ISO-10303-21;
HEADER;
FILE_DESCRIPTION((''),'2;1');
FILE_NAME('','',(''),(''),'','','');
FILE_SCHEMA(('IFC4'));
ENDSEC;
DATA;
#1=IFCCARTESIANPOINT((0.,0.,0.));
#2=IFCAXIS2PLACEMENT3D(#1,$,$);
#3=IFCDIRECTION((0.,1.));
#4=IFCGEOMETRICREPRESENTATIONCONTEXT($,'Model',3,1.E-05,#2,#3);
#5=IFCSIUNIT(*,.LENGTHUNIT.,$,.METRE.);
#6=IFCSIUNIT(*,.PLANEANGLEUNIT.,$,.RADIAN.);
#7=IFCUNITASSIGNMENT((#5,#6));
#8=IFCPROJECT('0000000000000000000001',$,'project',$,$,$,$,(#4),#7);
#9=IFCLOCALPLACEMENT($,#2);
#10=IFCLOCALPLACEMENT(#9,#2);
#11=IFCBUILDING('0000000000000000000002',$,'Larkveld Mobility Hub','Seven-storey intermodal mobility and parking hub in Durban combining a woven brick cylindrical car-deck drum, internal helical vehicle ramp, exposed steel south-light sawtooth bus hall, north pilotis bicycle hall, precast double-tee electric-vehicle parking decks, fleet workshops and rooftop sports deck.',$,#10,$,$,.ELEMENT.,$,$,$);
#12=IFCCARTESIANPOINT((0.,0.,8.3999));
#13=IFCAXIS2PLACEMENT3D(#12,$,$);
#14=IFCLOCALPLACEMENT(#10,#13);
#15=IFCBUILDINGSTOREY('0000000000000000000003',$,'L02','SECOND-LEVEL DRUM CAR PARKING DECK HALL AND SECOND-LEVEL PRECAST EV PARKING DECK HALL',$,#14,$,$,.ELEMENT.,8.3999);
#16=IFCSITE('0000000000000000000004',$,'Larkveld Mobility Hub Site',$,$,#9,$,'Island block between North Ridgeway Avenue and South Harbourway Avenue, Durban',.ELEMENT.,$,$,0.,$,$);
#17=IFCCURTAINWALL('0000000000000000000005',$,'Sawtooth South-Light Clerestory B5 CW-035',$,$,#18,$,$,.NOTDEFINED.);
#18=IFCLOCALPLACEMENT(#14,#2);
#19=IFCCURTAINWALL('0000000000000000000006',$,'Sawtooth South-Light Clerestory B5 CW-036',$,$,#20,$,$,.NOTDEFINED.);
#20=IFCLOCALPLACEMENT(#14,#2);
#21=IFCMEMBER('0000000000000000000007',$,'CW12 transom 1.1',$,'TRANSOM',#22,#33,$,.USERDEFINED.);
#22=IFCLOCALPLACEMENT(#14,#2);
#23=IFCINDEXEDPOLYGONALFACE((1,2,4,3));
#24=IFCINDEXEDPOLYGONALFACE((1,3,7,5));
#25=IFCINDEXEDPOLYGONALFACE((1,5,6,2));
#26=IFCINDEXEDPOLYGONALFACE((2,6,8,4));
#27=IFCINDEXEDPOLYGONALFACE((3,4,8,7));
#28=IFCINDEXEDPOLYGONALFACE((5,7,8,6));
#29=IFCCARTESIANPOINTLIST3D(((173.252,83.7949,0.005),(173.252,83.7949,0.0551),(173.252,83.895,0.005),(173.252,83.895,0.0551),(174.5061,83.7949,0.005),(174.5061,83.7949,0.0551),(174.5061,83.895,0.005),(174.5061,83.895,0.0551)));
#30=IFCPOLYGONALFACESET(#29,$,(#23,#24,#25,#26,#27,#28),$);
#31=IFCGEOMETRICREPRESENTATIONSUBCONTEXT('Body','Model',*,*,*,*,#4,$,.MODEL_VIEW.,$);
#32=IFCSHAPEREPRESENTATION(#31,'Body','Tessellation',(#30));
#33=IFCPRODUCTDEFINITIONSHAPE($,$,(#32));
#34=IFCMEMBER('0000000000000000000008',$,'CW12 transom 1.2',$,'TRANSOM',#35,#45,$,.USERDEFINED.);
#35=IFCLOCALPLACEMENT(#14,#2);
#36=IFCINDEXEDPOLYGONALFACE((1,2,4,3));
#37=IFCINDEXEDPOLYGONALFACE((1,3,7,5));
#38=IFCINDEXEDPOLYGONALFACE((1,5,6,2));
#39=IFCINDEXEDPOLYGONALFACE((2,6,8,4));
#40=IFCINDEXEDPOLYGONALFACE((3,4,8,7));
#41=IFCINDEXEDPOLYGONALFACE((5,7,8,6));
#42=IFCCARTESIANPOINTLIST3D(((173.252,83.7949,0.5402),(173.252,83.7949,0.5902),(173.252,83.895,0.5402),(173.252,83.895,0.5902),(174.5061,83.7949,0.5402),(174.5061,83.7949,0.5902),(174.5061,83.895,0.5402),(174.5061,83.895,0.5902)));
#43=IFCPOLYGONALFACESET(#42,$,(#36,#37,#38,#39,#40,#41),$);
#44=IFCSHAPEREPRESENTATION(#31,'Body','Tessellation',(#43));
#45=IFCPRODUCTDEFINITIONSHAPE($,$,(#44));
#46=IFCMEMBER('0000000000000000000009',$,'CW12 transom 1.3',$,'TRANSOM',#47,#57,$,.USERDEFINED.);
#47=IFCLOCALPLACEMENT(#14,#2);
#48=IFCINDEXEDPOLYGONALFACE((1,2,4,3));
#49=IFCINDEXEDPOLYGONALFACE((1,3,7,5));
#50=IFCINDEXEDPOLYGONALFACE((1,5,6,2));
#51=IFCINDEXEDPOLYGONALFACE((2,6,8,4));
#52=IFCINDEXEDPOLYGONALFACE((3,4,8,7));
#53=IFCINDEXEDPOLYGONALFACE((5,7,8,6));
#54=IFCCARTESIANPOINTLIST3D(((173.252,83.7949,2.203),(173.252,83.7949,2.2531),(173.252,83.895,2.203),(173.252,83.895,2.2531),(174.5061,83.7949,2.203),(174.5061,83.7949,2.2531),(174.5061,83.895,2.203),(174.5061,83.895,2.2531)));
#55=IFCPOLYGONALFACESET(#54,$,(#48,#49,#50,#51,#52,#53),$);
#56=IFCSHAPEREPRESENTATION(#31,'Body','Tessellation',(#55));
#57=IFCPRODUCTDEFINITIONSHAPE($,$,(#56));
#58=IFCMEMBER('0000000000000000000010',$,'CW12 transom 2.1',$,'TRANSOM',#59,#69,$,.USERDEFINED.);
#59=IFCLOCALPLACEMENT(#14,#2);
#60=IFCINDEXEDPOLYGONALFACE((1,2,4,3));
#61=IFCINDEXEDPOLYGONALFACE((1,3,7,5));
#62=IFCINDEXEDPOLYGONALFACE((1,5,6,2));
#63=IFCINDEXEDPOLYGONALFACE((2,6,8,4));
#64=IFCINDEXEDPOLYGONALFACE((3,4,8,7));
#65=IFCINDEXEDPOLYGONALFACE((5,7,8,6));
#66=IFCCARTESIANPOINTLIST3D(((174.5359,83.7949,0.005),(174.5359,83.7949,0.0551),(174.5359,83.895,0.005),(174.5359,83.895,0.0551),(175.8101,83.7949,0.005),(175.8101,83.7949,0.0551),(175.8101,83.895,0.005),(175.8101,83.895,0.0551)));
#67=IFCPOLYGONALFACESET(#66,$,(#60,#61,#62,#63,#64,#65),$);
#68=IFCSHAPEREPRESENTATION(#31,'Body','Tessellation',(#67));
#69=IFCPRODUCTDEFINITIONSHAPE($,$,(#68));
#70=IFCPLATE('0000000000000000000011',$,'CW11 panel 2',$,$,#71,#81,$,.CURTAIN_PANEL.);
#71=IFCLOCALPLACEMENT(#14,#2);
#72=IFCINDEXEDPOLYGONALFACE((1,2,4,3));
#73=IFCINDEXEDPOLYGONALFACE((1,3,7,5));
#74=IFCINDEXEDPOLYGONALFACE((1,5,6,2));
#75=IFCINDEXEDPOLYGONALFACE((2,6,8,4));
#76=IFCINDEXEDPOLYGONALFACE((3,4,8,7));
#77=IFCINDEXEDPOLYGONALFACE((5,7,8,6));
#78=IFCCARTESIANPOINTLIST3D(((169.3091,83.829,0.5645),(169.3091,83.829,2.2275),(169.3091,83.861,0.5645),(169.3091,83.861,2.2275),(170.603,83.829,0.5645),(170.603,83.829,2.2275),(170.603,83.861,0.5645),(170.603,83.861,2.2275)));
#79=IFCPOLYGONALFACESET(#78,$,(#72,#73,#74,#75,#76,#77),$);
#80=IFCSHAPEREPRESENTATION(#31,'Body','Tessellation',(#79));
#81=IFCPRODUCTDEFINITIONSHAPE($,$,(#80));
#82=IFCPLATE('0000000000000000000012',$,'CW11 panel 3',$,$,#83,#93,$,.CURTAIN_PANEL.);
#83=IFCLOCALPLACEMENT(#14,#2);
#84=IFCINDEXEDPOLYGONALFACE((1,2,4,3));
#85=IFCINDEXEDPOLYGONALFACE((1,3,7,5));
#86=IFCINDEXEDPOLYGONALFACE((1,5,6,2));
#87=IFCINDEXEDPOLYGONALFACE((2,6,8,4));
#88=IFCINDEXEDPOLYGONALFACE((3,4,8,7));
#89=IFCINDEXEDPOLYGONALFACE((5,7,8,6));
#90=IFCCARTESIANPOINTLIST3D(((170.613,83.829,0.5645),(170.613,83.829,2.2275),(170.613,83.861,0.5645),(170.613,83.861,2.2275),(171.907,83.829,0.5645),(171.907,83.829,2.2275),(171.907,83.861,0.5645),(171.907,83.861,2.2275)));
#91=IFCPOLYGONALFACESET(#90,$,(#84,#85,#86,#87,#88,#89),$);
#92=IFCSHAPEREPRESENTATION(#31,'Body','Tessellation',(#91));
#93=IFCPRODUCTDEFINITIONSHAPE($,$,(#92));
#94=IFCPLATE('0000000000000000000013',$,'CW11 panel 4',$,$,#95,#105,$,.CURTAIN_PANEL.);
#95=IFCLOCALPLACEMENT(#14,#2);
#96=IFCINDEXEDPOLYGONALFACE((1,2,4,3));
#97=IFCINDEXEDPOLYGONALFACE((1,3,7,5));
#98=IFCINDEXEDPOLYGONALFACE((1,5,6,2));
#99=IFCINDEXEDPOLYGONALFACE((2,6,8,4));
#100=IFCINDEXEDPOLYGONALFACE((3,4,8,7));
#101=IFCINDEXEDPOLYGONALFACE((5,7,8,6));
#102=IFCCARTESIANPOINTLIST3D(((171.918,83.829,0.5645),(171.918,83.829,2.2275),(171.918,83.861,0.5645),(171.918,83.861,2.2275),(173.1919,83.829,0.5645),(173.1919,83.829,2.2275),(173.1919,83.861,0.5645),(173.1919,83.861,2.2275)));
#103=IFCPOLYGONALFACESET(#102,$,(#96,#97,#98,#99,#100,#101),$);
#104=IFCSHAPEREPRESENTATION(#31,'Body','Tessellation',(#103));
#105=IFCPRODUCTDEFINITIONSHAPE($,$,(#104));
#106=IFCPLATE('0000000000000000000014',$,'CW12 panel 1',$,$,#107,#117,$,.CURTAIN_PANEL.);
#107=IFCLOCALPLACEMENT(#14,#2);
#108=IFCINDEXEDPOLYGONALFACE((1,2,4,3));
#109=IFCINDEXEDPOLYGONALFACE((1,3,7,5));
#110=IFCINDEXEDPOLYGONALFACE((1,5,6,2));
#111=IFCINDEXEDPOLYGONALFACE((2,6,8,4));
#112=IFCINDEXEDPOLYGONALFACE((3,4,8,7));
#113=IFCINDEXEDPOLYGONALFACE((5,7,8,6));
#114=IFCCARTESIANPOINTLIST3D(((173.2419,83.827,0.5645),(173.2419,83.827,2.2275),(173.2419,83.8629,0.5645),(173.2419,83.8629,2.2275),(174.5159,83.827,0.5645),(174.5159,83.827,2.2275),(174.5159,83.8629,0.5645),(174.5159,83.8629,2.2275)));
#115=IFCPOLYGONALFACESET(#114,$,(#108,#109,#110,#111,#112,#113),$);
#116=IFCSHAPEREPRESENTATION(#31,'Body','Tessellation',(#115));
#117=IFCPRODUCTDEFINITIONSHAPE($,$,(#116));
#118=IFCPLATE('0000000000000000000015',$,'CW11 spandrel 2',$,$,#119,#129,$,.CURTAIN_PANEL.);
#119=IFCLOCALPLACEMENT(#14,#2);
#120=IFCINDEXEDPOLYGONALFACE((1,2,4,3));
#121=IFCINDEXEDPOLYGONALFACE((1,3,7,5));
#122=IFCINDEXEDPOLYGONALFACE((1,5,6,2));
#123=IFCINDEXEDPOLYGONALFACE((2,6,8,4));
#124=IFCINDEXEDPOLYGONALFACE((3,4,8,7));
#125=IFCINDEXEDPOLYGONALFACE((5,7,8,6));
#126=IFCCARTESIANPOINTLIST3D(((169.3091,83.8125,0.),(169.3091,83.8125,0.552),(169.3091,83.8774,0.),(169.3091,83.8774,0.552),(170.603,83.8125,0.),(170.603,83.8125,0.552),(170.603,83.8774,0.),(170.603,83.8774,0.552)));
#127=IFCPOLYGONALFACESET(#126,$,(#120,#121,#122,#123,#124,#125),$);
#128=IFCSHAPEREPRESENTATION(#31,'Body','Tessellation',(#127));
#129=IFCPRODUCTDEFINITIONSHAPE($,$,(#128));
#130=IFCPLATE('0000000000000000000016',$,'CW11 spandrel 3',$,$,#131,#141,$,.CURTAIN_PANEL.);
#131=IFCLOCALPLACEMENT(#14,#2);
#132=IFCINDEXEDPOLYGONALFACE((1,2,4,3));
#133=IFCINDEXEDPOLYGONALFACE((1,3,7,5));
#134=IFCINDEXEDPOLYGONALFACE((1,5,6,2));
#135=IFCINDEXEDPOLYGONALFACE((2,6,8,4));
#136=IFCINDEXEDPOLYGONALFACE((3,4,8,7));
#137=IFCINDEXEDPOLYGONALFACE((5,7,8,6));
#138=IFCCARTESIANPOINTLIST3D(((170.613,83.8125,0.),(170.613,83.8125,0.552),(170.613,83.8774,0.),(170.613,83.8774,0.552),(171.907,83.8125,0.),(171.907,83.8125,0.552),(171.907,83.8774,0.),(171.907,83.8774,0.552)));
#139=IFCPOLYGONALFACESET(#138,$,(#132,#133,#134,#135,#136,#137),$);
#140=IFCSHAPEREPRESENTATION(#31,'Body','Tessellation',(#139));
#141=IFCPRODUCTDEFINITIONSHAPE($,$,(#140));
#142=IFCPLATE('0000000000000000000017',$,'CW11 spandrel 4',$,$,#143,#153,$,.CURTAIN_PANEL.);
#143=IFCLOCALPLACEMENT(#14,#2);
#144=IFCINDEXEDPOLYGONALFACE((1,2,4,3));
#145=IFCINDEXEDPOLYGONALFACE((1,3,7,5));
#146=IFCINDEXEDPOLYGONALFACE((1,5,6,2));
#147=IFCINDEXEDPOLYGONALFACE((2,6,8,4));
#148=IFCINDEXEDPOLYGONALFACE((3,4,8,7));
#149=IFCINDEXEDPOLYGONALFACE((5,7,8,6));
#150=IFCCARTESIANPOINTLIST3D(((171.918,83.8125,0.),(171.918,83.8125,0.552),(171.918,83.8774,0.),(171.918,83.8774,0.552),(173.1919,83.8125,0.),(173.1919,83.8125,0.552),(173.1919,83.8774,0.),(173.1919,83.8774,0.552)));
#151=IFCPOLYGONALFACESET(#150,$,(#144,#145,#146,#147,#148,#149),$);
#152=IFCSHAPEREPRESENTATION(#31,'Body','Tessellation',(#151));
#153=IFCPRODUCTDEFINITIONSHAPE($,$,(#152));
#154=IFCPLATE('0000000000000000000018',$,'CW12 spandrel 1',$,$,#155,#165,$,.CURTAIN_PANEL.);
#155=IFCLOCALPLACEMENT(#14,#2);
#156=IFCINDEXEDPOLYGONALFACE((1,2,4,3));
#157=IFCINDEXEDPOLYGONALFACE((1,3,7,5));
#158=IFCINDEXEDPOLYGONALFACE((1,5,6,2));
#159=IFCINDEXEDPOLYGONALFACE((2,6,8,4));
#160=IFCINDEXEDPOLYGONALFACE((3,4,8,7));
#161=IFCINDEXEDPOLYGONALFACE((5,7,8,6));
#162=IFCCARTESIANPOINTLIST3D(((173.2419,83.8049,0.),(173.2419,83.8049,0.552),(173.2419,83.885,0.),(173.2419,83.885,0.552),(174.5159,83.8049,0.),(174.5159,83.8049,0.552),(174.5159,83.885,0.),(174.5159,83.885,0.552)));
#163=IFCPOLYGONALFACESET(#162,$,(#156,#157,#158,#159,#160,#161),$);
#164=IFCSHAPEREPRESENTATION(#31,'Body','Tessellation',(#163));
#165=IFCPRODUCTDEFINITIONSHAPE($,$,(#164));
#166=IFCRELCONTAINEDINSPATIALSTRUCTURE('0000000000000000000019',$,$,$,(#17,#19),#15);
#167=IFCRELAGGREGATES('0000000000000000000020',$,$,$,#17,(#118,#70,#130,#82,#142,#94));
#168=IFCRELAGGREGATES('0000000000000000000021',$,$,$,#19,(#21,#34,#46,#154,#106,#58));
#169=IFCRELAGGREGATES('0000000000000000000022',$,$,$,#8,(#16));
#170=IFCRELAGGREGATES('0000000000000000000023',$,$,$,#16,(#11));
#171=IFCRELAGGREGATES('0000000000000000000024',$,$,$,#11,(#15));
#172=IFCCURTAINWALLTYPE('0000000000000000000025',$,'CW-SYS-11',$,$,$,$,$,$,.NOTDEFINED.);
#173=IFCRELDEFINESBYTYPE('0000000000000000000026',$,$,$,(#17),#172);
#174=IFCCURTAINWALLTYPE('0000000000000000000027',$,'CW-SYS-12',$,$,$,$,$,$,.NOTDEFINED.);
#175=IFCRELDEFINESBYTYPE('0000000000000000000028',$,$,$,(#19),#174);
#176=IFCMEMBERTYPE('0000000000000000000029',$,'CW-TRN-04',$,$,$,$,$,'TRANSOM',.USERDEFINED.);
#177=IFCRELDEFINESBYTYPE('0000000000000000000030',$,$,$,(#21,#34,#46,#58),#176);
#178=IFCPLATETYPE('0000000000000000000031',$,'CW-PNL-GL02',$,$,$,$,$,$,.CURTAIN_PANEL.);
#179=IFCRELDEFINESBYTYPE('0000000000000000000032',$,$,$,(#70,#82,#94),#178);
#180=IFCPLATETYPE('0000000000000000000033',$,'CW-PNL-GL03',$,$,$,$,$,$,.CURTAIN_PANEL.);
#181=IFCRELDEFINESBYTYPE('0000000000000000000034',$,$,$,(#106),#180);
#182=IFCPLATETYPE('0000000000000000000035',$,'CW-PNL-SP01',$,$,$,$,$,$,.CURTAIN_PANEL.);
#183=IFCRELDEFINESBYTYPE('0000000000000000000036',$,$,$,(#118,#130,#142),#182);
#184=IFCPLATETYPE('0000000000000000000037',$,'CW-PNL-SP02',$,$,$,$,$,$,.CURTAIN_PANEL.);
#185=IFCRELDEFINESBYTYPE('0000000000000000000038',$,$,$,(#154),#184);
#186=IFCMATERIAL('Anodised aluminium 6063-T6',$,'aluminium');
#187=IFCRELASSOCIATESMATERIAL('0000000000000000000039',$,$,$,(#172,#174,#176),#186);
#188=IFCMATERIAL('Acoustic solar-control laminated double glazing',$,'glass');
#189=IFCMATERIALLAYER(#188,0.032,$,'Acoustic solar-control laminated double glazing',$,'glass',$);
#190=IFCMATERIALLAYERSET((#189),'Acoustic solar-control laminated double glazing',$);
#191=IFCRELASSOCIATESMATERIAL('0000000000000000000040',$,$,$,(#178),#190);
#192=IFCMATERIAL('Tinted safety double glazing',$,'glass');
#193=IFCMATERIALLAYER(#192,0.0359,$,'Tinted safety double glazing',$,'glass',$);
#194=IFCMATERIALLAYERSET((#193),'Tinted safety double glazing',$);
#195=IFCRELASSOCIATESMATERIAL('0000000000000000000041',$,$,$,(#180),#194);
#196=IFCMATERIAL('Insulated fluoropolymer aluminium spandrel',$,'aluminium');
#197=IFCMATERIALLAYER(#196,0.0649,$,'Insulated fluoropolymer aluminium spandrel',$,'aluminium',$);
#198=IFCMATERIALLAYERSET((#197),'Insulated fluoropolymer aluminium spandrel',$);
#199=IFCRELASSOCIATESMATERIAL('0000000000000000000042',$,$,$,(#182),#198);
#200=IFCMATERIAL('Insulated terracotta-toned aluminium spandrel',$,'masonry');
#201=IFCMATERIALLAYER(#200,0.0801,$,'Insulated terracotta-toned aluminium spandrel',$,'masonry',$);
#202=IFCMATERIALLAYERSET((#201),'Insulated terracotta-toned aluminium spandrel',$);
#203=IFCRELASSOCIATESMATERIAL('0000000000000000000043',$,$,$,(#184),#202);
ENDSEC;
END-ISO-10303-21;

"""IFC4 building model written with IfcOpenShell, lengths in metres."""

from ifc_helpers import new_model, si_unit, direction, frame, origin, origin_2d, place, context, subcontext, project, spatial, rectangle, extrude, material, layer, layer_set, material_profile, profile_set, type_object, element, aggregate, save


model = new_model("IFC4")

# Units and contexts
model_context = context("Model", 3, precision=1e-05, world=origin(), true_north=direction((0.0, 1.0)))
body_context = subcontext(model_context, "Body", "Model", "MODEL_VIEW")
ifc_project = project(units=[si_unit("LENGTHUNIT", "METRE"), si_unit("PLANEANGLEUNIT", "RADIAN")], contexts=[model_context])

# Site, building, storey
site_placement = place(None, origin())
site = spatial("IfcSite", under=ifc_project, at=site_placement, Name="Larkveld Mobility Hub Site", LongName="Island block between North Ridgeway Avenue and South Harbourway Avenue, Durban", CompositionType="ELEMENT", RefElevation=0.0)
building_placement = place(site_placement, origin())
building = spatial("IfcBuilding", under=site, at=building_placement, Name="Larkveld Mobility Hub", Description="Seven-storey intermodal mobility and parking hub in Durban combining a woven brick cylindrical car-deck drum, internal helical vehicle ramp, exposed steel south-light sawtooth bus hall, north pilotis bicycle hall, precast double-tee electric-vehicle parking decks, fleet workshops and rooftop sports deck.", CompositionType="ELEMENT")
storey_placement = place(building_placement, frame((0.0, 0.0, 8.3999)))
storey = spatial("IfcBuildingStorey", under=building, at=storey_placement, Name="L02", Description="SECOND-LEVEL DRUM CAR PARKING DECK HALL AND SECOND-LEVEL PRECAST EV PARKING DECK HALL", CompositionType="ELEMENT", Elevation=8.3999)

# Curtain walls
ifc_material_1 = material(Name="Anodised aluminium 6063-T6", Category="aluminium")
curtain_wall_type_1 = type_object("IfcCurtainWallType", Name="CW-SYS-11", PredefinedType="NOTDEFINED", material=ifc_material_1)
curtain_wall_1_placement = place(storey_placement, origin())
curtain_wall_1 = element("IfcCurtainWall", 1, at=curtain_wall_1_placement, inside=storey, type_object=curtain_wall_type_1, Name="Sawtooth South-Light Clerestory B5 CW-035", PredefinedType="NOTDEFINED")
curtain_wall_type_2 = type_object("IfcCurtainWallType", Name="CW-SYS-12", PredefinedType="NOTDEFINED", material=ifc_material_1)
curtain_wall_2_placement = place(storey_placement, origin())
curtain_wall_2 = element("IfcCurtainWall", 2, at=curtain_wall_2_placement, inside=storey, type_object=curtain_wall_type_2, Name="Sawtooth South-Light Clerestory B5 CW-036", PredefinedType="NOTDEFINED")

# Members
ifc_material_profile_1 = material_profile(ifc_material_1, rectangle(XDim=0.1001, YDim=0.05, at=origin_2d()), Name="ALU TRAN 50x100")
ifc_profile_set_1 = profile_set([ifc_material_profile_1], Name="Anodised aluminium 6063-T6")
member_type_1 = type_object("IfcMemberType", Name="CW-TRN-04", ElementType="TRANSOM", PredefinedType="USERDEFINED", material=ifc_profile_set_1)
member_1_placement = place(storey_placement, frame((173.252, 83.845, 0.03), z_axis=(1.0, 0.0, 0.0), x_axis=(0.0, 1.0, 0.0)))
member_1 = element("IfcMember", 3, at=member_1_placement, type_object=member_type_1, Name="CW12 transom 1.1", ObjectType="TRANSOM", PredefinedType="USERDEFINED", context=body_context, shape_type="SweptSolid", body=[
    extrude(rectangle(XDim=0.1001, YDim=0.05, at=origin_2d()), origin(), (0.0, 0.0, 1.0), 1.2542),
])
member_2_placement = place(storey_placement, frame((173.252, 83.845, 0.5652), z_axis=(1.0, 0.0, 0.0), x_axis=(0.0, 1.0, 0.0)))
member_2 = element("IfcMember", 4, at=member_2_placement, type_object=member_type_1, Name="CW12 transom 1.2", ObjectType="TRANSOM", PredefinedType="USERDEFINED", context=body_context, shape_type="SweptSolid", body=[
    extrude(rectangle(XDim=0.1001, YDim=0.05, at=origin_2d()), origin(), (0.0, 0.0, 1.0), 1.2542),
])
member_3_placement = place(storey_placement, frame((173.252, 83.845, 2.228), z_axis=(1.0, 0.0, 0.0), x_axis=(0.0, 1.0, 0.0)))
member_3 = element("IfcMember", 5, at=member_3_placement, type_object=member_type_1, Name="CW12 transom 1.3", ObjectType="TRANSOM", PredefinedType="USERDEFINED", context=body_context, shape_type="SweptSolid", body=[
    extrude(rectangle(XDim=0.1001, YDim=0.05, at=origin_2d()), origin(), (0.0, 0.0, 1.0), 1.2542),
])
member_4_placement = place(storey_placement, frame((174.5359, 83.845, 0.03), z_axis=(1.0, 0.0, 0.0), x_axis=(0.0, 1.0, 0.0)))
member_4 = element("IfcMember", 6, at=member_4_placement, type_object=member_type_1, Name="CW12 transom 2.1", ObjectType="TRANSOM", PredefinedType="USERDEFINED", context=body_context, shape_type="SweptSolid", body=[
    extrude(rectangle(XDim=0.1001, YDim=0.05, at=origin_2d()), origin(), (0.0, 0.0, 1.0), 1.2742),
])

# Plates
ifc_material_2 = material(Name="Acoustic solar-control laminated double glazing", Category="glass")
ifc_layer_1 = layer(ifc_material_2, 0.032, Name="Acoustic solar-control laminated double glazing", Category="glass")
ifc_layer_set_1 = layer_set([ifc_layer_1], Name="Acoustic solar-control laminated double glazing")
plate_type_1 = type_object("IfcPlateType", Name="CW-PNL-GL02", PredefinedType="CURTAIN_PANEL", material=ifc_layer_set_1)
plate_1_placement = place(storey_placement, frame((169.9561, 83.845, 0.5645), z_axis=(0.0, 0.0, 1.0), x_axis=(1.0, 0.0, 0.0)))
plate_1 = element("IfcPlate", 7, at=plate_1_placement, type_object=plate_type_1, Name="CW11 panel 2", PredefinedType="CURTAIN_PANEL", context=body_context, shape_type="SweptSolid", body=[
    extrude(rectangle(XDim=1.2939, YDim=0.032, at=origin_2d()), origin(), (0.0, 0.0, 1.0), 1.6631),
])
plate_2_placement = place(storey_placement, frame((171.26, 83.845, 0.5645), z_axis=(0.0, 0.0, 1.0), x_axis=(1.0, 0.0, 0.0)))
plate_2 = element("IfcPlate", 8, at=plate_2_placement, type_object=plate_type_1, Name="CW11 panel 3", PredefinedType="CURTAIN_PANEL", context=body_context, shape_type="SweptSolid", body=[
    extrude(rectangle(XDim=1.2939, YDim=0.032, at=origin_2d()), origin(), (0.0, 0.0, 1.0), 1.6631),
])
plate_3_placement = place(storey_placement, frame((172.5549, 83.845, 0.5645), z_axis=(0.0, 0.0, 1.0), x_axis=(1.0, 0.0, 0.0)))
plate_3 = element("IfcPlate", 9, at=plate_3_placement, type_object=plate_type_1, Name="CW11 panel 4", PredefinedType="CURTAIN_PANEL", context=body_context, shape_type="SweptSolid", body=[
    extrude(rectangle(XDim=1.2739, YDim=0.032, at=origin_2d()), origin(), (0.0, 0.0, 1.0), 1.6631),
])
ifc_material_3 = material(Name="Tinted safety double glazing", Category="glass")
ifc_layer_2 = layer(ifc_material_3, 0.0359, Name="Tinted safety double glazing", Category="glass")
ifc_layer_set_2 = layer_set([ifc_layer_2], Name="Tinted safety double glazing")
plate_type_2 = type_object("IfcPlateType", Name="CW-PNL-GL03", PredefinedType="CURTAIN_PANEL", material=ifc_layer_set_2)
plate_4_placement = place(storey_placement, frame((173.8789, 83.845, 0.5645), z_axis=(0.0, 0.0, 1.0), x_axis=(1.0, 0.0, 0.0)))
plate_4 = element("IfcPlate", 10, at=plate_4_placement, type_object=plate_type_2, Name="CW12 panel 1", PredefinedType="CURTAIN_PANEL", context=body_context, shape_type="SweptSolid", body=[
    extrude(rectangle(XDim=1.2739, YDim=0.0359, at=origin_2d()), origin(), (0.0, 0.0, 1.0), 1.6631),
])
ifc_material_4 = material(Name="Insulated fluoropolymer aluminium spandrel", Category="aluminium")
ifc_layer_3 = layer(ifc_material_4, 0.0649, Name="Insulated fluoropolymer aluminium spandrel", Category="aluminium")
ifc_layer_set_3 = layer_set([ifc_layer_3], Name="Insulated fluoropolymer aluminium spandrel")
plate_type_3 = type_object("IfcPlateType", Name="CW-PNL-SP01", PredefinedType="CURTAIN_PANEL", material=ifc_layer_set_3)
plate_5_placement = place(storey_placement, frame((169.9561, 83.845, 0.0), z_axis=(0.0, 0.0, 1.0), x_axis=(1.0, 0.0, 0.0)))
plate_5 = element("IfcPlate", 11, at=plate_5_placement, type_object=plate_type_3, Name="CW11 spandrel 2", PredefinedType="CURTAIN_PANEL", context=body_context, shape_type="SweptSolid", body=[
    extrude(rectangle(XDim=1.2939, YDim=0.0649, at=origin_2d()), origin(), (0.0, 0.0, 1.0), 0.552),
])
plate_6_placement = place(storey_placement, frame((171.26, 83.845, 0.0), z_axis=(0.0, 0.0, 1.0), x_axis=(1.0, 0.0, 0.0)))
plate_6 = element("IfcPlate", 12, at=plate_6_placement, type_object=plate_type_3, Name="CW11 spandrel 3", PredefinedType="CURTAIN_PANEL", context=body_context, shape_type="SweptSolid", body=[
    extrude(rectangle(XDim=1.2939, YDim=0.0649, at=origin_2d()), origin(), (0.0, 0.0, 1.0), 0.552),
])
plate_7_placement = place(storey_placement, frame((172.5549, 83.845, 0.0), z_axis=(0.0, 0.0, 1.0), x_axis=(1.0, 0.0, 0.0)))
plate_7 = element("IfcPlate", 13, at=plate_7_placement, type_object=plate_type_3, Name="CW11 spandrel 4", PredefinedType="CURTAIN_PANEL", context=body_context, shape_type="SweptSolid", body=[
    extrude(rectangle(XDim=1.2739, YDim=0.0649, at=origin_2d()), origin(), (0.0, 0.0, 1.0), 0.552),
])
aggregate(curtain_wall_1, [plate_5, plate_1, plate_6, plate_2, plate_7, plate_3])
ifc_material_5 = material(Name="Insulated terracotta-toned aluminium spandrel", Category="masonry")
ifc_layer_4 = layer(ifc_material_5, 0.0801, Name="Insulated terracotta-toned aluminium spandrel", Category="masonry")
ifc_layer_set_4 = layer_set([ifc_layer_4], Name="Insulated terracotta-toned aluminium spandrel")
plate_type_4 = type_object("IfcPlateType", Name="CW-PNL-SP02", PredefinedType="CURTAIN_PANEL", material=ifc_layer_set_4)
plate_8_placement = place(storey_placement, frame((173.8789, 83.845, 0.0), z_axis=(0.0, 0.0, 1.0), x_axis=(1.0, 0.0, 0.0)))
plate_8 = element("IfcPlate", 14, at=plate_8_placement, type_object=plate_type_4, Name="CW12 spandrel 1", PredefinedType="CURTAIN_PANEL", context=body_context, shape_type="SweptSolid", body=[
    extrude(rectangle(XDim=1.2739, YDim=0.0801, at=origin_2d()), origin(), (0.0, 0.0, 1.0), 0.552),
])
aggregate(curtain_wall_2, [member_1, member_2, member_3, plate_8, plate_4, member_4])

save(model, "model.ifc")
